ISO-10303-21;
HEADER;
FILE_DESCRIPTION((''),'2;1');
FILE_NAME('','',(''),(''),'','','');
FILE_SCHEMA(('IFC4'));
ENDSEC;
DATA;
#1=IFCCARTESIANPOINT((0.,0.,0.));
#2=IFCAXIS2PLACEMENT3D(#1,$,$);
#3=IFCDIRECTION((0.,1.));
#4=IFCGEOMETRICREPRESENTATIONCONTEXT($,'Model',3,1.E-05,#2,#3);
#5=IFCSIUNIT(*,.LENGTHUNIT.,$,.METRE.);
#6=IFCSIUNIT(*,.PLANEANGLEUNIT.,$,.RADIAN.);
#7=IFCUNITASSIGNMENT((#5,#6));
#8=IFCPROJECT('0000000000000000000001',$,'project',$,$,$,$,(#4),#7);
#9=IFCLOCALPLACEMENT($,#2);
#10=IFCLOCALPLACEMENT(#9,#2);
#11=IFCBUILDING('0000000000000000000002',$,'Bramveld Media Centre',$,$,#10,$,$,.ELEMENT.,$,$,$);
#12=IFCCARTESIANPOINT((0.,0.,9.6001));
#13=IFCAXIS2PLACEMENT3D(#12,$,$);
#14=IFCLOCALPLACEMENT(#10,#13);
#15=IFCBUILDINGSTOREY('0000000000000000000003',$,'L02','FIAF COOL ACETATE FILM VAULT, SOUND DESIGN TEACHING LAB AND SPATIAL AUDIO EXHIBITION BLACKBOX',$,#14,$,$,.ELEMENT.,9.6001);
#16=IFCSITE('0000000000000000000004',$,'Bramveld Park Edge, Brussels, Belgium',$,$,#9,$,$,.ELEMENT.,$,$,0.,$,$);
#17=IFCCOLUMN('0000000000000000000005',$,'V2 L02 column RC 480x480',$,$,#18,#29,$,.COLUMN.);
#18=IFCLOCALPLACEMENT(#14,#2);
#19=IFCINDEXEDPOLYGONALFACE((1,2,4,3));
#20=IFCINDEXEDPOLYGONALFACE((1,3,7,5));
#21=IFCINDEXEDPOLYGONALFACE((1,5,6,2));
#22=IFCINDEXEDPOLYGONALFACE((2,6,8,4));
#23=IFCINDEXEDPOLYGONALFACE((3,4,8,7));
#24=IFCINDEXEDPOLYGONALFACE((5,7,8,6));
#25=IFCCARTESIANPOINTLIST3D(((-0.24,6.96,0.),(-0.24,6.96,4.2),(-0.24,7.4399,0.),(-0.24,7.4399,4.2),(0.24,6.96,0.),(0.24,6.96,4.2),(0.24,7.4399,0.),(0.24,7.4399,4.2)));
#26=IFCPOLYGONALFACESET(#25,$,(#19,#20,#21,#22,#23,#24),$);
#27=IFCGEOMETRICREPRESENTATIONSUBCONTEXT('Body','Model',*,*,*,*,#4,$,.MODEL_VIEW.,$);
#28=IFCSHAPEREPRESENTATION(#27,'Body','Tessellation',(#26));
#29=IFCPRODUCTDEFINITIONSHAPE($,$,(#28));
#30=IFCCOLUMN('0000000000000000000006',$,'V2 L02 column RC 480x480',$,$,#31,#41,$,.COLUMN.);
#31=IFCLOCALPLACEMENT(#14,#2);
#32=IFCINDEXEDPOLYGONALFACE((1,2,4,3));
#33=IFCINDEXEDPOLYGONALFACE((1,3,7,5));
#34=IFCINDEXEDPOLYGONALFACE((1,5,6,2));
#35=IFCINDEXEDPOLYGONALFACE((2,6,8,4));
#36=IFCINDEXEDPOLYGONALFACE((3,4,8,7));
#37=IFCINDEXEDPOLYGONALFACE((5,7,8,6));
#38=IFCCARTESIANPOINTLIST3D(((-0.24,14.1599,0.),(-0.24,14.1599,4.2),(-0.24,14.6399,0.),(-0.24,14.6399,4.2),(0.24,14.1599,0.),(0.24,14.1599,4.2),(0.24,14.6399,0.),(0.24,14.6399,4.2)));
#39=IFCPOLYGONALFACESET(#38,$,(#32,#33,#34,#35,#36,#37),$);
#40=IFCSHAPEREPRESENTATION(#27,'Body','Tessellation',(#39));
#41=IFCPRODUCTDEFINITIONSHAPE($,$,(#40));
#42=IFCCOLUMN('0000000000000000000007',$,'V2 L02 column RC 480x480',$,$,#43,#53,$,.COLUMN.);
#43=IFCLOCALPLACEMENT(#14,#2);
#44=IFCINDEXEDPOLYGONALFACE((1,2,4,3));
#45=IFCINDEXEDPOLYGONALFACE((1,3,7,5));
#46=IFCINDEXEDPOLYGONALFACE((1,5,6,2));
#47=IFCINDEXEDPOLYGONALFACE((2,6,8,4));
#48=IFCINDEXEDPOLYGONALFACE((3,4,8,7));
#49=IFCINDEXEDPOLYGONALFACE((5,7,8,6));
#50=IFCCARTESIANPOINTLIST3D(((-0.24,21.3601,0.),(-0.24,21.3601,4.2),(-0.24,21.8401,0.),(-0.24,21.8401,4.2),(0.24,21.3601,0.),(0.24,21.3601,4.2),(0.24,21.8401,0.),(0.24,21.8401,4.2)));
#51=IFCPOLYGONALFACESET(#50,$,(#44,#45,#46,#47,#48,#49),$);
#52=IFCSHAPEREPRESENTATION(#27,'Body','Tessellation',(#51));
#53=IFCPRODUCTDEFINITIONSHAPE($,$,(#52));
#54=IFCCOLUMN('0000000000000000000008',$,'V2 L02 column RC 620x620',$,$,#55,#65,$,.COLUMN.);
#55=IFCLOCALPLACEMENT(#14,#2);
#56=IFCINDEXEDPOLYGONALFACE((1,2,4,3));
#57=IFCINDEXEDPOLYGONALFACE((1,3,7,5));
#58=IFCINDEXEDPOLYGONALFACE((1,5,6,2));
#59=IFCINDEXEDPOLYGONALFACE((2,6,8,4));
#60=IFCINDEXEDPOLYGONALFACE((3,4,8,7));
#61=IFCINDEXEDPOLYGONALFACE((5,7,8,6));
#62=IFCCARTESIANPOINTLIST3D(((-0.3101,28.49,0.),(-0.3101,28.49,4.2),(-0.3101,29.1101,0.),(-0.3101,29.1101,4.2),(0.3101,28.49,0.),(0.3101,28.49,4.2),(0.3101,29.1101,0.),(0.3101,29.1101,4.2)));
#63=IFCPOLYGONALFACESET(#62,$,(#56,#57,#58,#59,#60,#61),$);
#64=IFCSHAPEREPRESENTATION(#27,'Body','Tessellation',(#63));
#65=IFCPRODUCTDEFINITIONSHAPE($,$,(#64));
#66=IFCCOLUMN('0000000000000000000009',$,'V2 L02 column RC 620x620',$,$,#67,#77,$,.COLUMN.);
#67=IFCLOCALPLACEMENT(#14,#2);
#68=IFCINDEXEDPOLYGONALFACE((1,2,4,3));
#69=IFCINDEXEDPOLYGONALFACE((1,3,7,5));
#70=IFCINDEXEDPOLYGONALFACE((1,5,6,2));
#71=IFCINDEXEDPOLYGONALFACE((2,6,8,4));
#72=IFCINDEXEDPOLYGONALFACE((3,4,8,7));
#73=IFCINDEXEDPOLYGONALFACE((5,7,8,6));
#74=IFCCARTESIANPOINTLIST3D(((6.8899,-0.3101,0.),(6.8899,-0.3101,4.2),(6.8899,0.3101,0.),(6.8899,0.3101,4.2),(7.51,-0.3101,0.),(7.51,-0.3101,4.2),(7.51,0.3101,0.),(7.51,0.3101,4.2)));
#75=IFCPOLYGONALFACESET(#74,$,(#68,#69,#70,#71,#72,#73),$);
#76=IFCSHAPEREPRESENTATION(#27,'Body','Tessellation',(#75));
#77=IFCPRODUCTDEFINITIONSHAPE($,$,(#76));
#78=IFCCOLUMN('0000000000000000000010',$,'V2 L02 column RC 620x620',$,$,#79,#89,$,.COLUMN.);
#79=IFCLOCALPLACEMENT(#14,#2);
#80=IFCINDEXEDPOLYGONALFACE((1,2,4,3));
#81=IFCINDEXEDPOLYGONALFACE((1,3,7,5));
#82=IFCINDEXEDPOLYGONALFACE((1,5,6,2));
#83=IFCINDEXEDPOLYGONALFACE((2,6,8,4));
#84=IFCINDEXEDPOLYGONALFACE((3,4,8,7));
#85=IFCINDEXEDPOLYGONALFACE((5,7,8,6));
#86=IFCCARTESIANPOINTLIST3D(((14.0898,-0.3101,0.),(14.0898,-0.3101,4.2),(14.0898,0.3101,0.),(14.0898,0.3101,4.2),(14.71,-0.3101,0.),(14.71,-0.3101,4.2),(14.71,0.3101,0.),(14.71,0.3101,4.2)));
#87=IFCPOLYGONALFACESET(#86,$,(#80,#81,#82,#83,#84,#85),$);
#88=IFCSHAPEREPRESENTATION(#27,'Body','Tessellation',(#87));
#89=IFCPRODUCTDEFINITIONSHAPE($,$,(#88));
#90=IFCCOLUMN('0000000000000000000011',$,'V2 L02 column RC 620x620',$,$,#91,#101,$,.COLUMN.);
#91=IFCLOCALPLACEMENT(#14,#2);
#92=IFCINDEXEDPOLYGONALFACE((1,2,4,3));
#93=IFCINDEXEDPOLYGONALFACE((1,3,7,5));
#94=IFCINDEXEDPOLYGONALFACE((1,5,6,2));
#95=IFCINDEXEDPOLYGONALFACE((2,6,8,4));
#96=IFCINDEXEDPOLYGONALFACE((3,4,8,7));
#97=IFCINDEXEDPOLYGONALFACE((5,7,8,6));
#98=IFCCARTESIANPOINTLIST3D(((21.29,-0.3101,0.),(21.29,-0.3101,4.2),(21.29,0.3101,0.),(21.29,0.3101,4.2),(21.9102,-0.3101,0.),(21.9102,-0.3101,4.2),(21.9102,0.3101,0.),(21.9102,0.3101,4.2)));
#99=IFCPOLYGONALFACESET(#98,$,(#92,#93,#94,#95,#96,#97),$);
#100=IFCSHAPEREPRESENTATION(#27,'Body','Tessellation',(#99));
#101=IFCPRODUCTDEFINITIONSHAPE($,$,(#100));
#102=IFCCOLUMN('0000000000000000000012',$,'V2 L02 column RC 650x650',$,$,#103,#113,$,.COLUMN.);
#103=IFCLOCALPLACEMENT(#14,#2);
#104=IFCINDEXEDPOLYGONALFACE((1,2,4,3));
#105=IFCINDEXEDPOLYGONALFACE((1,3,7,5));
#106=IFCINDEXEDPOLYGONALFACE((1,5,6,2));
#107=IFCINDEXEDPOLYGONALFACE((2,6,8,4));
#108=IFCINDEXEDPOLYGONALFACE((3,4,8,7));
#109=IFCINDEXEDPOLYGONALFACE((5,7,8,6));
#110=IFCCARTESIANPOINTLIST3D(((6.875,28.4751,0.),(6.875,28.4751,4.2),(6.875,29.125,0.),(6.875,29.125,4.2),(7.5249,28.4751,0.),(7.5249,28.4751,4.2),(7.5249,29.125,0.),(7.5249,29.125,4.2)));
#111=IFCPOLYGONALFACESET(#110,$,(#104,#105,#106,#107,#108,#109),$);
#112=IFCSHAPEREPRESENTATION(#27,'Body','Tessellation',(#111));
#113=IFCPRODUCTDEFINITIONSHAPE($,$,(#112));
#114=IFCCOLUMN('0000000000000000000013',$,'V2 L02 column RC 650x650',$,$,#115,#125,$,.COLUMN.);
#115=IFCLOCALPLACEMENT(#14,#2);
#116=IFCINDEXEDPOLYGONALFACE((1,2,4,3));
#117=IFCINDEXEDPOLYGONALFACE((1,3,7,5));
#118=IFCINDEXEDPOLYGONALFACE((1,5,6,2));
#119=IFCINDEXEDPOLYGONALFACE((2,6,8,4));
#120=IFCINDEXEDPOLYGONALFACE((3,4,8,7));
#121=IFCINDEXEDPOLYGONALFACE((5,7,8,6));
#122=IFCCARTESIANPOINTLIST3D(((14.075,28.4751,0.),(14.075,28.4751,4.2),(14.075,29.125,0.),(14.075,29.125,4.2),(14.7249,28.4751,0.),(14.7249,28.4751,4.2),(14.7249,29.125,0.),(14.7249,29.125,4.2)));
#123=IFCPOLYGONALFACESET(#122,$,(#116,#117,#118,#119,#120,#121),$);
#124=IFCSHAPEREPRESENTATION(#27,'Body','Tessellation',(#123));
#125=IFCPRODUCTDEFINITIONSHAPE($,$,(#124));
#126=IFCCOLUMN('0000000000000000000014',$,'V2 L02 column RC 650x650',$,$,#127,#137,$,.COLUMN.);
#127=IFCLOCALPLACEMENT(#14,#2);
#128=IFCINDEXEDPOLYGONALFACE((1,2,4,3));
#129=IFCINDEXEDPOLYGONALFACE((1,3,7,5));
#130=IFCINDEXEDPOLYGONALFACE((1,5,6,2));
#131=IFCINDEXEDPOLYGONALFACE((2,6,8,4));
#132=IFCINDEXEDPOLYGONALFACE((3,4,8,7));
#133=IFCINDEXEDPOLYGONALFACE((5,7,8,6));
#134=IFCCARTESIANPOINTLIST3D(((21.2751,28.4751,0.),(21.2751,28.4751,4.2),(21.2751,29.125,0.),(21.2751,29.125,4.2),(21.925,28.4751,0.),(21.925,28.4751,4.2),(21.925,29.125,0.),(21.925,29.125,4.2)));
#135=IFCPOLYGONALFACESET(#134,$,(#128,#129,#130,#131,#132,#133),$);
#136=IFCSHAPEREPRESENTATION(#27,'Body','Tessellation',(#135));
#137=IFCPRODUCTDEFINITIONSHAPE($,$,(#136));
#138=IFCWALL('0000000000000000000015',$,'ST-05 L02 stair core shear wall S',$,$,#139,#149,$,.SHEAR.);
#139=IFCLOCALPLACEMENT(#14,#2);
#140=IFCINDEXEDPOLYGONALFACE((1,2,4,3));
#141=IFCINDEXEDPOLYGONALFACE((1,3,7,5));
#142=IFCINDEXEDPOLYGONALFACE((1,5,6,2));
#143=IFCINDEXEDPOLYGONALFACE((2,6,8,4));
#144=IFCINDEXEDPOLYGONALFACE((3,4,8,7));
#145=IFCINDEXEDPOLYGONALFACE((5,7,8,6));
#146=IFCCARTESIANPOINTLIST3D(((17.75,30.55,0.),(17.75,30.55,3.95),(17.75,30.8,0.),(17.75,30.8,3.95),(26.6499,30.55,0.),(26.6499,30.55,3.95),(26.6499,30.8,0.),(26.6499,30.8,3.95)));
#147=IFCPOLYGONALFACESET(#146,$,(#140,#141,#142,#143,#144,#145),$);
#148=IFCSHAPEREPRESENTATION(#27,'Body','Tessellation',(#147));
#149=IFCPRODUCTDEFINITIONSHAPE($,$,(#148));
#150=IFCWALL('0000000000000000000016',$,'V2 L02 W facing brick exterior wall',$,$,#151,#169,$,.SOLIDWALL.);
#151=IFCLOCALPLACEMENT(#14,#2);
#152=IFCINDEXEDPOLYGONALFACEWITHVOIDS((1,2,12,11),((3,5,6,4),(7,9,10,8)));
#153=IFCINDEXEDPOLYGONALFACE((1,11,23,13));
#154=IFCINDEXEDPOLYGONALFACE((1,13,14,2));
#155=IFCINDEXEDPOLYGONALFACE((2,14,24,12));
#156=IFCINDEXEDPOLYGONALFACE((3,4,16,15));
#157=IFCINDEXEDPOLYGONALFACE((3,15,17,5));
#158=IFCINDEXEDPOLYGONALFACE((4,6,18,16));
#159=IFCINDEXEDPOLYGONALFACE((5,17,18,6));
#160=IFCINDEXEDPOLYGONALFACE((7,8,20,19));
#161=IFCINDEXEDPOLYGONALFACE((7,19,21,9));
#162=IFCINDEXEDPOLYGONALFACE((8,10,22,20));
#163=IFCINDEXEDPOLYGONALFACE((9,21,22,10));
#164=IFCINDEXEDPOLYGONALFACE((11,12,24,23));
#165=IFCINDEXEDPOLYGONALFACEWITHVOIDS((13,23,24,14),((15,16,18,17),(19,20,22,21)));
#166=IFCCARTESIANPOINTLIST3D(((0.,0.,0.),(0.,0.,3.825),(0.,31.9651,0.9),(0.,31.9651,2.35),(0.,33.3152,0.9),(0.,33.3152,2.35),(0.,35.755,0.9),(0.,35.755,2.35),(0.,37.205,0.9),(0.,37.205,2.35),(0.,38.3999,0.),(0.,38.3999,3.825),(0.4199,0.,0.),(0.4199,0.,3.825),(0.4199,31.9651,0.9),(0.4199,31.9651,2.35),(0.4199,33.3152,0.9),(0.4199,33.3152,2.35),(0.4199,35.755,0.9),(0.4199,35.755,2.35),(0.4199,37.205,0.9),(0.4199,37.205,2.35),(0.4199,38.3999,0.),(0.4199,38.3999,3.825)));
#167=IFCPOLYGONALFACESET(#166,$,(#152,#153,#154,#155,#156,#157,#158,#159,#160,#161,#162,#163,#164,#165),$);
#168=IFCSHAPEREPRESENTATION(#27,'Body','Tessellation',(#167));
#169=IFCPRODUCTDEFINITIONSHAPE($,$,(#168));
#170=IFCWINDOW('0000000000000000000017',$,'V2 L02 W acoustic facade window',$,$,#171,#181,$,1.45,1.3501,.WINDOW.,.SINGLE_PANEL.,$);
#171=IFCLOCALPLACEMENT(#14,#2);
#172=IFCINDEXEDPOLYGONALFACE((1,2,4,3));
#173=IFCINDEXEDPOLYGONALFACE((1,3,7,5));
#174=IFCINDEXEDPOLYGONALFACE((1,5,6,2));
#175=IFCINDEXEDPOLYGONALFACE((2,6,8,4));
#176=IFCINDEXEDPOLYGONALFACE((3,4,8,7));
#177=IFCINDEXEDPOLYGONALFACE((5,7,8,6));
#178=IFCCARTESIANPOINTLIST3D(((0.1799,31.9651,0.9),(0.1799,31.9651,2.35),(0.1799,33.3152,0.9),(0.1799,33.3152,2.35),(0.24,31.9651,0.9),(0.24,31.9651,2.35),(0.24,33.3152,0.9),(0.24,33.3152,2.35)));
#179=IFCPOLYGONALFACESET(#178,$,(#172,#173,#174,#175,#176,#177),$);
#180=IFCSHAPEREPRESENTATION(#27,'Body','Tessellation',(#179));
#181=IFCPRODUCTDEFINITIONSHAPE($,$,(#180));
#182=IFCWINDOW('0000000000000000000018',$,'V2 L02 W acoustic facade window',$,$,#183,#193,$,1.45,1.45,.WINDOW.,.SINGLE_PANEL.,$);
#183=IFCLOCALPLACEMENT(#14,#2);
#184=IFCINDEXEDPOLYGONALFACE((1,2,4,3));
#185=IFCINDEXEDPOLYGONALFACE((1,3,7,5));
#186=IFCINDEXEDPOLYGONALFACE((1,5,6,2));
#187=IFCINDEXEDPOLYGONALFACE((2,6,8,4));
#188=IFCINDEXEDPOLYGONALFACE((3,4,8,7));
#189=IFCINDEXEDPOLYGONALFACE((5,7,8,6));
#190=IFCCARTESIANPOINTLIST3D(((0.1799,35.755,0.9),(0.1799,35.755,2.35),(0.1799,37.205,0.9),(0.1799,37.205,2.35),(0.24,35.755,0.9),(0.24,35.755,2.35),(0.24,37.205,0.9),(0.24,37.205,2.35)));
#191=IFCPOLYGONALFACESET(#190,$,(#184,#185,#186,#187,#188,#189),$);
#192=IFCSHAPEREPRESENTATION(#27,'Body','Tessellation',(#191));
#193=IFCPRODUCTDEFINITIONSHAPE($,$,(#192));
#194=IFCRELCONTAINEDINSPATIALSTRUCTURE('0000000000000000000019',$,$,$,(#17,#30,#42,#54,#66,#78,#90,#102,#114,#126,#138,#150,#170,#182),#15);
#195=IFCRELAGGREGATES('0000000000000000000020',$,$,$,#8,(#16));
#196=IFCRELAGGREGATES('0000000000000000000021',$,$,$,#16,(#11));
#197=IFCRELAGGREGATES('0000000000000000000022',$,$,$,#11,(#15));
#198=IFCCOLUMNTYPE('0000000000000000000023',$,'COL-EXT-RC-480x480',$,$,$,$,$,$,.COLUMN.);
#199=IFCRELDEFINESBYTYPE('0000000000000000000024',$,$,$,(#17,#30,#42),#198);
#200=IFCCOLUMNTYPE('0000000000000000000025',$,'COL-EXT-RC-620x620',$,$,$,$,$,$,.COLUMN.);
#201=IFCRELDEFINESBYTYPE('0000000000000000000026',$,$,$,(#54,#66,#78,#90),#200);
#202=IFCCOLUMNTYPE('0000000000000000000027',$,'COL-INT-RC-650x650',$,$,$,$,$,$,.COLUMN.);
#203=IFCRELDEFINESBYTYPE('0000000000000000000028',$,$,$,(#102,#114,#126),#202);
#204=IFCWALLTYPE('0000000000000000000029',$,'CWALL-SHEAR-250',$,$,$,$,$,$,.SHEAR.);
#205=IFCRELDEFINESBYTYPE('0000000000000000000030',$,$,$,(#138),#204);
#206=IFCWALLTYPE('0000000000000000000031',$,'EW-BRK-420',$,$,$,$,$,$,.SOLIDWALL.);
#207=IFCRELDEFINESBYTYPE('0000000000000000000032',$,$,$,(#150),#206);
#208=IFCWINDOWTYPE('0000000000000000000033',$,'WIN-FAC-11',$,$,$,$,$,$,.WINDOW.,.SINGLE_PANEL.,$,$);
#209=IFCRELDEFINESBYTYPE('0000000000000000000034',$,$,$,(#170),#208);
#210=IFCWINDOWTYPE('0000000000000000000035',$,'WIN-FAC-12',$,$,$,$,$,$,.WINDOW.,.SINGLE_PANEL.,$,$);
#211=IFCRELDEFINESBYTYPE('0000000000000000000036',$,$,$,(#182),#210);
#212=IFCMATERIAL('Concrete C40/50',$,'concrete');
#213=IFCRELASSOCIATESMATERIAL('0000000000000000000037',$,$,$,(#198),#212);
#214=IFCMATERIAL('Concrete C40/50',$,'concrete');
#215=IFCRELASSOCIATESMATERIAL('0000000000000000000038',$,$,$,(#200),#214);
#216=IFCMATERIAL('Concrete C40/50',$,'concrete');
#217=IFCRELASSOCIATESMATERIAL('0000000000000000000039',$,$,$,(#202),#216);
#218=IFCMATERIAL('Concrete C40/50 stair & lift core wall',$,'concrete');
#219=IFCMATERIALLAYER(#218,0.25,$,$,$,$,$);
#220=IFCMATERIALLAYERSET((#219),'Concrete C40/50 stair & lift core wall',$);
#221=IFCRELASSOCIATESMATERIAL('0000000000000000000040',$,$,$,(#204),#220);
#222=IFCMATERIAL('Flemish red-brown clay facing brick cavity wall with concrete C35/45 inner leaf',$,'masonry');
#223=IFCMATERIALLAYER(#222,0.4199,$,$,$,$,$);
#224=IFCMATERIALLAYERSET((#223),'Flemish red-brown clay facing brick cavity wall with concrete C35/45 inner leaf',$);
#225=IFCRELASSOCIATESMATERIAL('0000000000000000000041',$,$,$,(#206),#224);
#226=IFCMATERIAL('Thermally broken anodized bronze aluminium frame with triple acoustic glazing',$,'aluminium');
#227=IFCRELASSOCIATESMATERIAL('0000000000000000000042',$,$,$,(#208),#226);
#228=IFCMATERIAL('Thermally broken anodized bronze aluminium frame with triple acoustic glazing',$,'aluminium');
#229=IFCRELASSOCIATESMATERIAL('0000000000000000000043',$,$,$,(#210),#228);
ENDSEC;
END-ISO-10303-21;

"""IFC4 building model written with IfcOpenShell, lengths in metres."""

from ifc_helpers import new_model, si_unit, direction, frame, frame_2d, origin, origin_2d, place, context, subcontext, project, spatial, rectangle, extrude, material, layer, layer_set, material_profile, profile_set, type_object, element, fill, save


model = new_model("IFC4")

# Units and contexts
model_context = context("Model", 3, precision=1e-05, world=origin(), true_north=direction((0.0, 1.0)))
body_context = subcontext(model_context, "Body", "Model", "MODEL_VIEW")
ifc_project = project(units=[si_unit("LENGTHUNIT", "METRE"), si_unit("PLANEANGLEUNIT", "RADIAN")], contexts=[model_context])

# Site, building, storey
site_placement = place(None, origin())
site = spatial("IfcSite", under=ifc_project, at=site_placement, Name="Bramveld Park Edge, Brussels, Belgium", CompositionType="ELEMENT", RefElevation=0.0)
building_placement = place(site_placement, origin())
building = spatial("IfcBuilding", under=site, at=building_placement, Name="Bramveld Media Centre", CompositionType="ELEMENT")
storey_placement = place(building_placement, frame((0.0, 0.0, 9.6001)))
storey = spatial("IfcBuildingStorey", under=building, at=storey_placement, Name="L02", Description="FIAF COOL ACETATE FILM VAULT, SOUND DESIGN TEACHING LAB AND SPATIAL AUDIO EXHIBITION BLACKBOX", CompositionType="ELEMENT", Elevation=9.6001)

# Columns
ifc_material_1 = material(Name="Concrete C40/50", Category="concrete")
ifc_material_profile_1 = material_profile(ifc_material_1, rectangle(XDim=0.48, YDim=0.48, at=origin_2d()), Name="RC 480x480")
ifc_profile_set_1 = profile_set([ifc_material_profile_1], Name="Concrete C40/50")
column_type_1 = type_object("IfcColumnType", Name="COL-EXT-RC-480x480", PredefinedType="COLUMN", material=ifc_profile_set_1)
for number, where, z_axis, x_axis, name in (
    (1, (0.0, 7.2, 0.0), (0.0, 0.0, 1.0), (1.0, 0.0, 0.0), "V2 L02 column RC 480x480"),
    (2, (0.0, 14.3999, 0.0), (0.0, 0.0, 1.0), (1.0, 0.0, 0.0), "V2 L02 column RC 480x480"),
    (3, (0.0, 21.6001, 0.0), (0.0, 0.0, 1.0), (1.0, 0.0, 0.0), "V2 L02 column RC 480x480"),
):
    element("IfcColumn", number, at=place(storey_placement, frame(where, z_axis=z_axis, x_axis=x_axis)), inside=storey, type_object=column_type_1, Name=name, PredefinedType="COLUMN", context=body_context, shape_type="SweptSolid", body=[
        extrude(rectangle(XDim=0.48, YDim=0.48, at=origin_2d()), origin(), (0.0, 0.0, 1.0), 4.2),
    ])
ifc_material_2 = material(Name="Concrete C40/50", Category="concrete")
ifc_material_profile_2 = material_profile(ifc_material_2, rectangle(XDim=0.6201, YDim=0.6201, at=origin_2d()), Name="RC 620x620")
ifc_profile_set_2 = profile_set([ifc_material_profile_2], Name="Concrete C40/50")
column_type_2 = type_object("IfcColumnType", Name="COL-EXT-RC-620x620", PredefinedType="COLUMN", material=ifc_profile_set_2)
for number, where, z_axis, x_axis, name in (
    (4, (0.0, 28.8, 0.0), (0.0, 0.0, 1.0), (1.0, 0.0, 0.0), "V2 L02 column RC 620x620"),
    (5, (7.2, 0.0, 0.0), (0.0, 0.0, 1.0), (1.0, 0.0, 0.0), "V2 L02 column RC 620x620"),
    (6, (14.3999, 0.0, 0.0), (0.0, 0.0, 1.0), (1.0, 0.0, 0.0), "V2 L02 column RC 620x620"),
    (7, (21.6001, 0.0, 0.0), (0.0, 0.0, 1.0), (1.0, 0.0, 0.0), "V2 L02 column RC 620x620"),
):
    element("IfcColumn", number, at=place(storey_placement, frame(where, z_axis=z_axis, x_axis=x_axis)), inside=storey, type_object=column_type_2, Name=name, PredefinedType="COLUMN", context=body_context, shape_type="SweptSolid", body=[
        extrude(rectangle(XDim=0.6201, YDim=0.6201, at=origin_2d()), origin(), (0.0, 0.0, 1.0), 4.2),
    ])
ifc_material_3 = material(Name="Concrete C40/50", Category="concrete")
ifc_material_profile_3 = material_profile(ifc_material_3, rectangle(XDim=0.6499, YDim=0.6499, at=origin_2d()), Name="RC 650x650")
ifc_profile_set_3 = profile_set([ifc_material_profile_3], Name="Concrete C40/50")
column_type_3 = type_object("IfcColumnType", Name="COL-INT-RC-650x650", PredefinedType="COLUMN", material=ifc_profile_set_3)
for number, where, z_axis, x_axis, name in (
    (8, (7.2, 28.8, 0.0), (0.0, 0.0, 1.0), (1.0, 0.0, 0.0), "V2 L02 column RC 650x650"),
    (9, (14.3999, 28.8, 0.0), (0.0, 0.0, 1.0), (1.0, 0.0, 0.0), "V2 L02 column RC 650x650"),
    (10, (21.6001, 28.8, 0.0), (0.0, 0.0, 1.0), (1.0, 0.0, 0.0), "V2 L02 column RC 650x650"),
):
    element("IfcColumn", number, at=place(storey_placement, frame(where, z_axis=z_axis, x_axis=x_axis)), inside=storey, type_object=column_type_3, Name=name, PredefinedType="COLUMN", context=body_context, shape_type="SweptSolid", body=[
        extrude(rectangle(XDim=0.6499, YDim=0.6499, at=origin_2d()), origin(), (0.0, 0.0, 1.0), 4.2),
    ])

# Wall
ifc_material_4 = material(Name="Concrete C40/50 stair & lift core wall", Category="concrete")
ifc_layer_1 = layer(ifc_material_4, 0.25)
ifc_layer_set_1 = layer_set([ifc_layer_1], Name="Concrete C40/50 stair & lift core wall")
wall_type_1 = type_object("IfcWallType", Name="CWALL-SHEAR-250", PredefinedType="SHEAR", material=ifc_layer_set_1)
wall_1_placement = place(storey_placement, frame((17.75, 30.675, 0.0), z_axis=(0.0, 0.0, 1.0), x_axis=(1.0, 0.0, 0.0)))
element("IfcWall", 11, at=wall_1_placement, inside=storey, type_object=wall_type_1, Name="ST-05 L02 stair core shear wall S", PredefinedType="SHEAR", context=body_context, shape_type="SweptSolid", body=[
    extrude(rectangle(XDim=8.8999, YDim=0.25, at=frame_2d((4.45, 0.0))), origin(), (0.0, 0.0, 1.0), 3.95),
])

# Wall, openings, windows
ifc_material_5 = material(Name="Flemish red-brown clay facing brick cavity wall with concrete C35/45 inner leaf", Category="masonry")
ifc_layer_2 = layer(ifc_material_5, 0.4199)
ifc_layer_set_2 = layer_set([ifc_layer_2], Name="Flemish red-brown clay facing brick cavity wall with concrete C35/45 inner leaf")
wall_type_2 = type_object("IfcWallType", Name="EW-BRK-420", PredefinedType="SOLIDWALL", material=ifc_layer_set_2)
wall_2_placement = place(storey_placement, frame((0.21, 0.0, 0.0), z_axis=(0.0, 0.0, 1.0), x_axis=(0.0, 1.0, 0.0)))
wall_2 = element("IfcWall", 12, at=wall_2_placement, inside=storey, type_object=wall_type_2, Name="V2 L02 W facing brick exterior wall", PredefinedType="SOLIDWALL", context=body_context, shape_type="SweptSolid", body=[
    extrude(rectangle(XDim=38.3999, YDim=0.4199, at=frame_2d((19.2, 0.0))), origin(), (0.0, 0.0, 1.0), 3.825),
])
opening_1_placement = place(wall_2_placement, frame((31.9651, 0.0, 0.8999)))
opening_1 = element("IfcOpeningElement", 13, at=opening_1_placement, cuts=wall_2, PredefinedType="OPENING", context=body_context, shape_type="SweptSolid", body=[
    extrude(rectangle(XDim=1.3501, YDim=1.45, at=frame_2d((0.675, 0.7251))), frame((0.0, 0.2219, 0.0), z_axis=(0.0, -1.0, 0.0), x_axis=(1.0, 0.0, 0.0)), (0.0, 0.0, 1.0), 0.4438),
])
opening_2_placement = place(wall_2_placement, frame((35.7549, 0.0, 0.8999)))
opening_2 = element("IfcOpeningElement", 14, at=opening_2_placement, cuts=wall_2, PredefinedType="OPENING", context=body_context, shape_type="SweptSolid", body=[
    extrude(rectangle(XDim=1.45, YDim=1.45, at=frame_2d((0.7251, 0.7251))), frame((0.0, 0.2219, 0.0), z_axis=(0.0, -1.0, 0.0), x_axis=(1.0, 0.0, 0.0)), (0.0, 0.0, 1.0), 0.4438),
])
ifc_material_6 = material(Name="Thermally broken anodized bronze aluminium frame with triple acoustic glazing", Category="aluminium")
window_type_1 = type_object("IfcWindowType", Name="WIN-FAC-11", PartitioningType="SINGLE_PANEL", PredefinedType="WINDOW", material=ifc_material_6)
window_1_placement = place(opening_1_placement, origin())
window_1 = element("IfcWindow", 15, at=window_1_placement, inside=storey, type_object=window_type_1, Name="V2 L02 W acoustic facade window", OverallHeight=1.45, OverallWidth=1.3501, PartitioningType="SINGLE_PANEL", PredefinedType="WINDOW", context=body_context, shape_type="SweptSolid", body=[
    extrude(rectangle(XDim=1.3501, YDim=1.45, at=frame_2d((0.675, 0.7251))), frame((0.0, 0.03, 0.0), z_axis=(0.0, -1.0, 0.0), x_axis=(1.0, 0.0, 0.0)), (0.0, 0.0, 1.0), 0.0601),
])
fill(opening_1, window_1)
ifc_material_7 = material(Name="Thermally broken anodized bronze aluminium frame with triple acoustic glazing", Category="aluminium")
window_type_2 = type_object("IfcWindowType", Name="WIN-FAC-12", PartitioningType="SINGLE_PANEL", PredefinedType="WINDOW", material=ifc_material_7)
window_2_placement = place(opening_2_placement, origin())
window_2 = element("IfcWindow", 16, at=window_2_placement, inside=storey, type_object=window_type_2, Name="V2 L02 W acoustic facade window", OverallHeight=1.45, OverallWidth=1.45, PartitioningType="SINGLE_PANEL", PredefinedType="WINDOW", context=body_context, shape_type="SweptSolid", body=[
    extrude(rectangle(XDim=1.45, YDim=1.45, at=frame_2d((0.7251, 0.7251))), frame((0.0, 0.03, 0.0), z_axis=(0.0, -1.0, 0.0), x_axis=(1.0, 0.0, 0.0)), (0.0, 0.0, 1.0), 0.0601),
])
fill(opening_2, window_2)

save(model, "model.ifc")
